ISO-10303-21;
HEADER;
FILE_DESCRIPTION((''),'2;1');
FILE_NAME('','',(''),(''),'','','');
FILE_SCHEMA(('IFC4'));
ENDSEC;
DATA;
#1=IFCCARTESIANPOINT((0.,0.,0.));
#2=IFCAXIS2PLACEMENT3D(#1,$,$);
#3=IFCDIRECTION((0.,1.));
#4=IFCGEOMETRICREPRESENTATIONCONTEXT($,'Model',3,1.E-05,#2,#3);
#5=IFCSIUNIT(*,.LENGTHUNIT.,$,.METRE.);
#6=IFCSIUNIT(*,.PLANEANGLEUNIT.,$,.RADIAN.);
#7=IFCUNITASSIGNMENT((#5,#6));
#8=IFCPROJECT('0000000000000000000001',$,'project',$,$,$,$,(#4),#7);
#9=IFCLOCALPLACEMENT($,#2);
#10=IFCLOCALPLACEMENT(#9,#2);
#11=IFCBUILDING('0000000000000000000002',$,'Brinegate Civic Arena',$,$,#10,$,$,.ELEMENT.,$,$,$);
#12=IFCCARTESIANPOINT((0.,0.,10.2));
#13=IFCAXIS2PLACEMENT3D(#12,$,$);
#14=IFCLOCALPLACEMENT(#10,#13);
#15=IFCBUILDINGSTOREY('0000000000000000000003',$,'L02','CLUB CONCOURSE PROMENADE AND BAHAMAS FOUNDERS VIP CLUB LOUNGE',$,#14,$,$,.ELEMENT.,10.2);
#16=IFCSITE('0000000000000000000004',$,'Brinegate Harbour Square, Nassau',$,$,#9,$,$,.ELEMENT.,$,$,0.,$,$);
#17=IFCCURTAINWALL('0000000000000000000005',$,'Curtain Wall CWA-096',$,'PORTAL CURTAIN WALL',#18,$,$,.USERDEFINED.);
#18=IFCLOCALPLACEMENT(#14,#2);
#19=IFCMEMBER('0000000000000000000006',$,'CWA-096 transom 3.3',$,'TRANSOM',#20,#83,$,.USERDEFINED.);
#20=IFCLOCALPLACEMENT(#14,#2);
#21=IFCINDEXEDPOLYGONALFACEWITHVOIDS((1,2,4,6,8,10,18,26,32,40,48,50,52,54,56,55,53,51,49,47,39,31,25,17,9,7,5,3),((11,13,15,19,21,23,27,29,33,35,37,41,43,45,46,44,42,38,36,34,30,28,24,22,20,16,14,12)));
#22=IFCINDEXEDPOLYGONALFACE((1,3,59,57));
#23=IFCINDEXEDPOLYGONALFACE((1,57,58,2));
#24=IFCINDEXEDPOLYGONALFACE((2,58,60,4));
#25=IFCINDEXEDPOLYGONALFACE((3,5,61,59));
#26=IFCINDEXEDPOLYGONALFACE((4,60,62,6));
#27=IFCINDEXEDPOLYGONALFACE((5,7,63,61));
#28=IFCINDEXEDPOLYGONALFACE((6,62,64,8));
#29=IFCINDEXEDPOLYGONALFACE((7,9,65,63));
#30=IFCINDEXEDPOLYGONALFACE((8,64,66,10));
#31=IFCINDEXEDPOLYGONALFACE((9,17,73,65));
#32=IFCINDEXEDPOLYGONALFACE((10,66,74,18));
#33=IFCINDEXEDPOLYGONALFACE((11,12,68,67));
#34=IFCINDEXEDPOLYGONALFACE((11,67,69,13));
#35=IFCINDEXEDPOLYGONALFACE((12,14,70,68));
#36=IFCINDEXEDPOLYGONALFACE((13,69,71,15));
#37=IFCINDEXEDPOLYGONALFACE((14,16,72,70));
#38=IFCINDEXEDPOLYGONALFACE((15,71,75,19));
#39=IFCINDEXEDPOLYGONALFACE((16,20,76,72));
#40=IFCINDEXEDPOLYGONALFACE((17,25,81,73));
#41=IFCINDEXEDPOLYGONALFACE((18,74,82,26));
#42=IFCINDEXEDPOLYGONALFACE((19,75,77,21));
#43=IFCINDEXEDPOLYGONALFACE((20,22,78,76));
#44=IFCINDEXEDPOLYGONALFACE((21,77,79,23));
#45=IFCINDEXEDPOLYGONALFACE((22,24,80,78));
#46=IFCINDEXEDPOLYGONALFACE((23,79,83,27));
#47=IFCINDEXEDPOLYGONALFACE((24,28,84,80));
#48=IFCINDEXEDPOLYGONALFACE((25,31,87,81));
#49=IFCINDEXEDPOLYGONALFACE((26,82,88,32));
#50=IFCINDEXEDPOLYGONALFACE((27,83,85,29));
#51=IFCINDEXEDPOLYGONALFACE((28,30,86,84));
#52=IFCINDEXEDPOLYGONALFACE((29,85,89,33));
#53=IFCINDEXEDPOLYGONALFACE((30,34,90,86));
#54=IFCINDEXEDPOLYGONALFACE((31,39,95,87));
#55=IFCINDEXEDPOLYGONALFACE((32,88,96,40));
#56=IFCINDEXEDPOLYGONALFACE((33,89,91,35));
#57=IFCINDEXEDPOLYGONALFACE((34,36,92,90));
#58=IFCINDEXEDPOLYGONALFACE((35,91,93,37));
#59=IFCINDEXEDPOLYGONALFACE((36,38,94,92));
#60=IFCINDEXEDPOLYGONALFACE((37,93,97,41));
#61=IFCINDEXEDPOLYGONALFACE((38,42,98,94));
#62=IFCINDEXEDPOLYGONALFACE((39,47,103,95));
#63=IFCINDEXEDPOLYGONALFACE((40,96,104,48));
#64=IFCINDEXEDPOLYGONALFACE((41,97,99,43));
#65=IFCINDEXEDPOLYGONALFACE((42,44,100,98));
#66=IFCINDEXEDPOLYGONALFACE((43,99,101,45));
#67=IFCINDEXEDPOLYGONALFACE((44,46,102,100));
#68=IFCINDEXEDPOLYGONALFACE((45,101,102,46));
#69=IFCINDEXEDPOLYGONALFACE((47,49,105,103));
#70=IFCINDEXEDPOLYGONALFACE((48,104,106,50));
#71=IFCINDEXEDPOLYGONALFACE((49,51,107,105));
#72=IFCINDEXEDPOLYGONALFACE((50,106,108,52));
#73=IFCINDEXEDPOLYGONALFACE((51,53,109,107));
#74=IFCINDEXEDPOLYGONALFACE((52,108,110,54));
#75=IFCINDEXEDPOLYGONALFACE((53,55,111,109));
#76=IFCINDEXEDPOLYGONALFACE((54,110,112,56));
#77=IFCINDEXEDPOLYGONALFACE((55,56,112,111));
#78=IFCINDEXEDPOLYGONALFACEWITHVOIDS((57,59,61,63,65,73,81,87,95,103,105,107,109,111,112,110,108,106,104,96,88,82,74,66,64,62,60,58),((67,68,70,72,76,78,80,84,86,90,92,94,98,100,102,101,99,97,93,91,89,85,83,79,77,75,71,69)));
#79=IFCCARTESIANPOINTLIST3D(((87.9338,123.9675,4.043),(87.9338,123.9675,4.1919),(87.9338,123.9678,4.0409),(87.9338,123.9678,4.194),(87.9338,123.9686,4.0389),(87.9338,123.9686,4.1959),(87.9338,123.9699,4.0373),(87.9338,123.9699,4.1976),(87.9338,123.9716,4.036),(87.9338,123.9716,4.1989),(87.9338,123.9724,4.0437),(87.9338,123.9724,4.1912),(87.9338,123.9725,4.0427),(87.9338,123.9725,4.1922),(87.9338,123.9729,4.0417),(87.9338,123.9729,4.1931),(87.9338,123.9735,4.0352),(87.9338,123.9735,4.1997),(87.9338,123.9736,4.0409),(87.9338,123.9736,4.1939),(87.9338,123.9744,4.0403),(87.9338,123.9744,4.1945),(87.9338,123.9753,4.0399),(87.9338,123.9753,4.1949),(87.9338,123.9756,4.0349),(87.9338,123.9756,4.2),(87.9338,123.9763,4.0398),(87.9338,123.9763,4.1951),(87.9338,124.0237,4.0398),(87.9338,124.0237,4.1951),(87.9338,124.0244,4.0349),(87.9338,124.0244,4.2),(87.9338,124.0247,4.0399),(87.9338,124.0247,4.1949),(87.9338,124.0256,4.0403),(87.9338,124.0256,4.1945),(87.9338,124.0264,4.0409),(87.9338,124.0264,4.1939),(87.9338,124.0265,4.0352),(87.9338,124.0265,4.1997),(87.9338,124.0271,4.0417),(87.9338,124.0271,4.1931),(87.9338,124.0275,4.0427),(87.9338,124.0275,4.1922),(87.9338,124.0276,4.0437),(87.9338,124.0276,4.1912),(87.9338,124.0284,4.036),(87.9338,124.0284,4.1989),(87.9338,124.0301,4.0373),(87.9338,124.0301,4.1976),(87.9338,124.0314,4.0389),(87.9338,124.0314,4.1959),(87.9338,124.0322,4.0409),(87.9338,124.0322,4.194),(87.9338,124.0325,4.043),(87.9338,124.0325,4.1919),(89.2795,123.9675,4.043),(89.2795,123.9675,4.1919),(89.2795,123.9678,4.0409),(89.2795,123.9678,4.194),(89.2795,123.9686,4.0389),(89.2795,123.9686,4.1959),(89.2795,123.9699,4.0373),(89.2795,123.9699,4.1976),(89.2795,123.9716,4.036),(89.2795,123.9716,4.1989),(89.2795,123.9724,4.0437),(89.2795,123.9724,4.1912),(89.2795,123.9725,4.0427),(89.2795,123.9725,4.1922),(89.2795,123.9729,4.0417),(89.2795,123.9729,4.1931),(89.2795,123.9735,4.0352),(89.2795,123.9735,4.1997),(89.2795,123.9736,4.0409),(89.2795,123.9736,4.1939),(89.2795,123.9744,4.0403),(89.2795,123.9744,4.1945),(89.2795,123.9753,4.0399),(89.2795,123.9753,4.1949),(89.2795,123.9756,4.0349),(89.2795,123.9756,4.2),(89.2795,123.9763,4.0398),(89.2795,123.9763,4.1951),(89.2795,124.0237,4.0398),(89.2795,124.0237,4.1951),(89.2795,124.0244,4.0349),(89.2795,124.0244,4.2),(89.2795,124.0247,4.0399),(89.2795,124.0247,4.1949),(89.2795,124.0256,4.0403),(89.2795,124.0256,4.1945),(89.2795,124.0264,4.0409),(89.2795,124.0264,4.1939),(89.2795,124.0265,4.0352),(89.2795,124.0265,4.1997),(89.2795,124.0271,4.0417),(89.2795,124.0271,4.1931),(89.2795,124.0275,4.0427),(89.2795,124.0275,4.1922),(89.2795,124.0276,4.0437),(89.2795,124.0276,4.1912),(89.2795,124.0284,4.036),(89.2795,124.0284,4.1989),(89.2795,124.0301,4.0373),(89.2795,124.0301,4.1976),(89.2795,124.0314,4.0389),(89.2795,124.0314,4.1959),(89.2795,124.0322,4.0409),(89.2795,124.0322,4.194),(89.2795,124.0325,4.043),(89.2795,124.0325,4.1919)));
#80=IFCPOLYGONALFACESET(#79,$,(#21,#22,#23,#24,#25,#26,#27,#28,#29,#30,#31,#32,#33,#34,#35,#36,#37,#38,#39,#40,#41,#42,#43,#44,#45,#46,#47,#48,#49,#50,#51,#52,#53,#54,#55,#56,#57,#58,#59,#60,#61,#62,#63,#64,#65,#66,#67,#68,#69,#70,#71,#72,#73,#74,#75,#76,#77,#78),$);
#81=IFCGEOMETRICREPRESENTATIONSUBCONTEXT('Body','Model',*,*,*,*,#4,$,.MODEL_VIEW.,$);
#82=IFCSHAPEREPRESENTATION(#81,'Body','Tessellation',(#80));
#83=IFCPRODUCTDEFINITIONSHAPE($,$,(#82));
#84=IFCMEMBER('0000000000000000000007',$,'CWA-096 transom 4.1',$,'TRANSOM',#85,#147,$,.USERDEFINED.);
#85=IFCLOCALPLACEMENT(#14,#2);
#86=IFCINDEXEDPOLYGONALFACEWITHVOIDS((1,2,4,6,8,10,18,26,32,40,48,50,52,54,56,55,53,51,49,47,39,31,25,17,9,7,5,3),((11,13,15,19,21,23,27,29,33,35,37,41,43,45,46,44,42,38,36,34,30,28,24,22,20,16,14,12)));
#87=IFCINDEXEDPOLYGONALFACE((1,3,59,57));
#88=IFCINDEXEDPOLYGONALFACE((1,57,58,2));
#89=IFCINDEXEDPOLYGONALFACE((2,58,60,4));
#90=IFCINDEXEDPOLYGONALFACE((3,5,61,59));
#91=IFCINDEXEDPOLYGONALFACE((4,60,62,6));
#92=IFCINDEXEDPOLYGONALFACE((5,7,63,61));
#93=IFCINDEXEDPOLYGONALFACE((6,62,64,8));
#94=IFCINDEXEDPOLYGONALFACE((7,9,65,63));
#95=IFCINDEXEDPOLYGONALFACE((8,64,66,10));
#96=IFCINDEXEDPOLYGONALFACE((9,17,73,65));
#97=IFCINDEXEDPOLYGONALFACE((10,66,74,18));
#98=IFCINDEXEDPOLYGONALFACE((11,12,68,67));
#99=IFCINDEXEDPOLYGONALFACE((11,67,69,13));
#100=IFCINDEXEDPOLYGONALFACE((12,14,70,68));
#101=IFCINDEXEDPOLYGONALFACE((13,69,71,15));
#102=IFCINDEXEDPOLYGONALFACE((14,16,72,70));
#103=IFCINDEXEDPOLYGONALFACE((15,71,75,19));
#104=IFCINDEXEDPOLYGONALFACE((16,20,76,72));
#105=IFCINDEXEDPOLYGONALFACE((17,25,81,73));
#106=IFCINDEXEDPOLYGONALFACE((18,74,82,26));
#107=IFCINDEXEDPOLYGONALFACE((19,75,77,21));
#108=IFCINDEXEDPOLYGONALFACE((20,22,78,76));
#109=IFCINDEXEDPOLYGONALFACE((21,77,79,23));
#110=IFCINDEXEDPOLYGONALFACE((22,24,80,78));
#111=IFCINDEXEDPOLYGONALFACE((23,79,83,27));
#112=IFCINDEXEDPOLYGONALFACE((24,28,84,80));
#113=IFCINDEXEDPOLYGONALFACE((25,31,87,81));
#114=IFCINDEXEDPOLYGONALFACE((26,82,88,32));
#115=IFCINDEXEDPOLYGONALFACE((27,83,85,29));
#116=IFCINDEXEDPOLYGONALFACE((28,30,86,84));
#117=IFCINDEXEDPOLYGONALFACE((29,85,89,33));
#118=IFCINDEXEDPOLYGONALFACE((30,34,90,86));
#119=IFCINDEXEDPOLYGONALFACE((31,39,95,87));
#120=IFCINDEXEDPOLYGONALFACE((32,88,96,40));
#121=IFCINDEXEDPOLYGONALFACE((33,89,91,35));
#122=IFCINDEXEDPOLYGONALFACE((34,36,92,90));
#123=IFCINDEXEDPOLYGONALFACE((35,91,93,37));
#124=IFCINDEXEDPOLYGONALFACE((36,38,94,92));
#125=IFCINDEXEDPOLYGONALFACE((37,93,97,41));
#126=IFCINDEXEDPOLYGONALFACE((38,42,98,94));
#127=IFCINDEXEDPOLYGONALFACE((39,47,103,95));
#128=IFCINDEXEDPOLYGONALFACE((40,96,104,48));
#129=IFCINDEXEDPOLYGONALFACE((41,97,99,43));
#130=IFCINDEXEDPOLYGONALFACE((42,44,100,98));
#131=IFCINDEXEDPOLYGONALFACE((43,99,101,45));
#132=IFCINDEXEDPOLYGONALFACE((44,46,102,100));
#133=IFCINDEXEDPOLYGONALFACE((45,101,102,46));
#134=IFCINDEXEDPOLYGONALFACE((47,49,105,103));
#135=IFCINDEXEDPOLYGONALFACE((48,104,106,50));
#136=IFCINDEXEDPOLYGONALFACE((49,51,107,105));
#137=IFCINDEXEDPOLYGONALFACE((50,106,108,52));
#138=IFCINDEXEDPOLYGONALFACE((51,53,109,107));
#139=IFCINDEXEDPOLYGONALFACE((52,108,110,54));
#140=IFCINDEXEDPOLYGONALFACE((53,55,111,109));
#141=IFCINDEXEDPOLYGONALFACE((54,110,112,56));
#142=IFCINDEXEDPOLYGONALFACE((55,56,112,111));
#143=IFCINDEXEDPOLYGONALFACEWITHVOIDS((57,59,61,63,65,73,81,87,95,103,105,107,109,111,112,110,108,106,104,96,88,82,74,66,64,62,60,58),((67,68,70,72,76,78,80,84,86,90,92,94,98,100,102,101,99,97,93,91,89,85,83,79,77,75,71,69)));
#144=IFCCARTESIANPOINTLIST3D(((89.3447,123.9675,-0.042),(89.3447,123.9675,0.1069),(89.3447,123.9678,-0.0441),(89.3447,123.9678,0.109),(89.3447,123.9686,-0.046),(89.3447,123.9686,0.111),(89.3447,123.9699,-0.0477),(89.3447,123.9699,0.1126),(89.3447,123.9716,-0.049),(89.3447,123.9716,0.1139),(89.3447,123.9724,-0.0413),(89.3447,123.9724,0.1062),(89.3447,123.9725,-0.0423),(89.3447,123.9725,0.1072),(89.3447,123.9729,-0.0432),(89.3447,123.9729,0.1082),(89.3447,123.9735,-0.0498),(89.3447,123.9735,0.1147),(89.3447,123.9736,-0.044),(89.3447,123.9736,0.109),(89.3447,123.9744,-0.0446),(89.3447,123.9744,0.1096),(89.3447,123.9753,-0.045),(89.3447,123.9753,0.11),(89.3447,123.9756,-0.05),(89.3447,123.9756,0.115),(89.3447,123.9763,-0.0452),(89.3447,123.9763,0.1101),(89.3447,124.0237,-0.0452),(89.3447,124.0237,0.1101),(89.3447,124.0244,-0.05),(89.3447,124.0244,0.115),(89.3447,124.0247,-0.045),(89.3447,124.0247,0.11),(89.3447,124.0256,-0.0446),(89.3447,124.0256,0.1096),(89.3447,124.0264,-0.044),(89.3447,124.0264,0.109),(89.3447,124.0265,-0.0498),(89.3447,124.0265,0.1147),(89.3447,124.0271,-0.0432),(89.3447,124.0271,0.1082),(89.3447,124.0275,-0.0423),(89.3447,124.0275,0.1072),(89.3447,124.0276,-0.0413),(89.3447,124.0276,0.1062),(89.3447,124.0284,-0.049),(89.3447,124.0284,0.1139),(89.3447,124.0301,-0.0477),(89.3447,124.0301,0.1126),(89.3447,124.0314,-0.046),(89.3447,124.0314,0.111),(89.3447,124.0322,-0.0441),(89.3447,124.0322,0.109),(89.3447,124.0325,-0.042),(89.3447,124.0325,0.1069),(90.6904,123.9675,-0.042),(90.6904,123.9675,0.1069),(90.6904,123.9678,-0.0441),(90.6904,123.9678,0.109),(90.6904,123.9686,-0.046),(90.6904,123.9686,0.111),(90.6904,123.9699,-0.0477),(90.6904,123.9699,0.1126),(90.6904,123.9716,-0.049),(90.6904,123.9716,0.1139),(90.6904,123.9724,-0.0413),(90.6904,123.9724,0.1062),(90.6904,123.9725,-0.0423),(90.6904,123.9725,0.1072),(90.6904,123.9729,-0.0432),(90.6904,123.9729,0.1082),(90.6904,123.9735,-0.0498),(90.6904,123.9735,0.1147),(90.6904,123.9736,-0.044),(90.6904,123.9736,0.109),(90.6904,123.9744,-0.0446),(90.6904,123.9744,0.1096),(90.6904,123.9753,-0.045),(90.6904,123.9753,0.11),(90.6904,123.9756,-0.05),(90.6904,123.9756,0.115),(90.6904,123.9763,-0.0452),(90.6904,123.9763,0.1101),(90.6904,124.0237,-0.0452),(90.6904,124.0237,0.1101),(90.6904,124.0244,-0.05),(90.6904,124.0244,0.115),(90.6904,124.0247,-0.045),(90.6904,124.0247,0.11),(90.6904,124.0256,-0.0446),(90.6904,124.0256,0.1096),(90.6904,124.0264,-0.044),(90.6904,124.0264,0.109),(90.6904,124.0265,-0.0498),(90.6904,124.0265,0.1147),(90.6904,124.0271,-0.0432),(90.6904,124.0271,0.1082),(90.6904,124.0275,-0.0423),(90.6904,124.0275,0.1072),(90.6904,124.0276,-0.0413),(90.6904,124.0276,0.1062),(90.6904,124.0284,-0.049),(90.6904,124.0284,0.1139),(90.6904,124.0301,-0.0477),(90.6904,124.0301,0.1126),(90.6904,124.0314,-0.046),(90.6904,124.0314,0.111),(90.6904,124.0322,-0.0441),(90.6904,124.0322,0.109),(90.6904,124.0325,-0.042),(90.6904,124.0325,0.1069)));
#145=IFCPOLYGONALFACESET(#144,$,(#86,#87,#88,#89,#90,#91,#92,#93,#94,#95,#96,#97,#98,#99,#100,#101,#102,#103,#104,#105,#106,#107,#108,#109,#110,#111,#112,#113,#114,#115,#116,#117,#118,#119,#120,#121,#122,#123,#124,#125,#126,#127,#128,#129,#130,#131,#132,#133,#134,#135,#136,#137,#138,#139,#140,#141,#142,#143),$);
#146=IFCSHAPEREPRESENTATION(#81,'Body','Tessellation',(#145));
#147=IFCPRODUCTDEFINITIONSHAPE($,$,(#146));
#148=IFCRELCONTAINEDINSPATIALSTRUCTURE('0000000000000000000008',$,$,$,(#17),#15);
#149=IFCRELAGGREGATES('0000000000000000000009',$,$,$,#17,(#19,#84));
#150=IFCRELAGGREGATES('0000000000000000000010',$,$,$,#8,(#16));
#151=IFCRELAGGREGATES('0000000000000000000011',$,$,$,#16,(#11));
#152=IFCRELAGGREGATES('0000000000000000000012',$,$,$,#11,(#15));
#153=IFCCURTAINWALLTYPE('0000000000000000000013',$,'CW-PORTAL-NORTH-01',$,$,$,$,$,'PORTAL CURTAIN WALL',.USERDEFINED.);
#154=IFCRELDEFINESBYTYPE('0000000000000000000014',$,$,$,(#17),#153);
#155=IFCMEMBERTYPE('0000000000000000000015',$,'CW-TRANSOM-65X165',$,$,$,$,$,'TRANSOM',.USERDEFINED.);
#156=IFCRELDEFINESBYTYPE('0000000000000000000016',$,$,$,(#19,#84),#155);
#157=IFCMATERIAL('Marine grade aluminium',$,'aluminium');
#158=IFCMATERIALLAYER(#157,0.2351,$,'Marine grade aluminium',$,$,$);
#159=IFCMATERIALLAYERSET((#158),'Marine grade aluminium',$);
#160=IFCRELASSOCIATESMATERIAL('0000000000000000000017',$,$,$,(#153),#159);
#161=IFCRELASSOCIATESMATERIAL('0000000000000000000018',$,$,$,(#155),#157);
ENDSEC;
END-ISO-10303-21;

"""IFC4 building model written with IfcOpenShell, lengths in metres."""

from ifc_helpers import new_model, si_unit, direction, frame, origin, origin_2d, place, context, subcontext, project, spatial, hollow_rectangle, extrude, material, layer, layer_set, material_profile, profile_set, type_object, element, aggregate, save


model = new_model("IFC4")

# Units and contexts
model_context = context("Model", 3, precision=1e-05, world=origin(), true_north=direction((0.0, 1.0)))
body_context = subcontext(model_context, "Body", "Model", "MODEL_VIEW")
ifc_project = project(units=[si_unit("LENGTHUNIT", "METRE"), si_unit("PLANEANGLEUNIT", "RADIAN")], contexts=[model_context])

# Site, building, storey
site_placement = place(None, origin())
site = spatial("IfcSite", under=ifc_project, at=site_placement, Name="Brinegate Harbour Square, Nassau", CompositionType="ELEMENT", RefElevation=0.0)
building_placement = place(site_placement, origin())
building = spatial("IfcBuilding", under=site, at=building_placement, Name="Brinegate Civic Arena", CompositionType="ELEMENT")
storey_placement = place(building_placement, frame((0.0, 0.0, 10.2)))
storey = spatial("IfcBuildingStorey", under=building, at=storey_placement, Name="L02", Description="CLUB CONCOURSE PROMENADE AND BAHAMAS FOUNDERS VIP CLUB LOUNGE", CompositionType="ELEMENT", Elevation=10.2)

# Curtain wall, members
ifc_material_1 = material(Name="Marine grade aluminium", Category="aluminium")
ifc_layer_1 = layer(ifc_material_1, 0.2351, Name="Marine grade aluminium")
ifc_layer_set_1 = layer_set([ifc_layer_1], Name="Marine grade aluminium")
curtain_wall_type = type_object("IfcCurtainWallType", Name="CW-PORTAL-NORTH-01", ElementType="PORTAL CURTAIN WALL", PredefinedType="USERDEFINED", material=ifc_layer_set_1)
curtain_wall_placement = place(storey_placement, origin())
curtain_wall = element("IfcCurtainWall", 1, at=curtain_wall_placement, inside=storey, type_object=curtain_wall_type, Name="Curtain Wall CWA-096", ObjectType="PORTAL CURTAIN WALL", PredefinedType="USERDEFINED")
ifc_material_profile_1 = material_profile(ifc_material_1, hollow_rectangle(XDim=0.0649, YDim=0.165, WallThickness=0.0049, InnerFilletRadius=0.0039, OuterFilletRadius=0.0081, at=origin_2d()), Name="TRN65X165")
ifc_profile_set_1 = profile_set([ifc_material_profile_1], Name="Marine grade aluminium")
member_type_1 = type_object("IfcMemberType", Name="CW-TRANSOM-65X165", ElementType="TRANSOM", PredefinedType="USERDEFINED", material=ifc_profile_set_1)
member_1_placement = place(storey_placement, frame((87.9338, 124.0, 4.1174), z_axis=(1.0, 0.0, 0.0), x_axis=(0.0, 1.0, 0.0)))
member_1 = element("IfcMember", 2, at=member_1_placement, type_object=member_type_1, Name="CWA-096 transom 3.3", ObjectType="TRANSOM", PredefinedType="USERDEFINED", context=body_context, shape_type="SweptSolid", body=[
    extrude(hollow_rectangle(XDim=0.0649, YDim=0.165, WallThickness=0.0049, InnerFilletRadius=0.0039, OuterFilletRadius=0.0081, at=origin_2d()), origin(), (0.0, 0.0, 1.0), 1.3457),
])
member_2_placement = place(storey_placement, frame((89.3447, 124.0, 0.0325), z_axis=(1.0, 0.0, 0.0), x_axis=(0.0, 1.0, 0.0)))
member_2 = element("IfcMember", 3, at=member_2_placement, type_object=member_type_1, Name="CWA-096 transom 4.1", ObjectType="TRANSOM", PredefinedType="USERDEFINED", context=body_context, shape_type="SweptSolid", body=[
    extrude(hollow_rectangle(XDim=0.0649, YDim=0.165, WallThickness=0.0049, InnerFilletRadius=0.0039, OuterFilletRadius=0.0081, at=origin_2d()), origin(), (0.0, 0.0, 1.0), 1.3457),
])

aggregate(curtain_wall, [member_1, member_2])

save(model, "model.ifc")
